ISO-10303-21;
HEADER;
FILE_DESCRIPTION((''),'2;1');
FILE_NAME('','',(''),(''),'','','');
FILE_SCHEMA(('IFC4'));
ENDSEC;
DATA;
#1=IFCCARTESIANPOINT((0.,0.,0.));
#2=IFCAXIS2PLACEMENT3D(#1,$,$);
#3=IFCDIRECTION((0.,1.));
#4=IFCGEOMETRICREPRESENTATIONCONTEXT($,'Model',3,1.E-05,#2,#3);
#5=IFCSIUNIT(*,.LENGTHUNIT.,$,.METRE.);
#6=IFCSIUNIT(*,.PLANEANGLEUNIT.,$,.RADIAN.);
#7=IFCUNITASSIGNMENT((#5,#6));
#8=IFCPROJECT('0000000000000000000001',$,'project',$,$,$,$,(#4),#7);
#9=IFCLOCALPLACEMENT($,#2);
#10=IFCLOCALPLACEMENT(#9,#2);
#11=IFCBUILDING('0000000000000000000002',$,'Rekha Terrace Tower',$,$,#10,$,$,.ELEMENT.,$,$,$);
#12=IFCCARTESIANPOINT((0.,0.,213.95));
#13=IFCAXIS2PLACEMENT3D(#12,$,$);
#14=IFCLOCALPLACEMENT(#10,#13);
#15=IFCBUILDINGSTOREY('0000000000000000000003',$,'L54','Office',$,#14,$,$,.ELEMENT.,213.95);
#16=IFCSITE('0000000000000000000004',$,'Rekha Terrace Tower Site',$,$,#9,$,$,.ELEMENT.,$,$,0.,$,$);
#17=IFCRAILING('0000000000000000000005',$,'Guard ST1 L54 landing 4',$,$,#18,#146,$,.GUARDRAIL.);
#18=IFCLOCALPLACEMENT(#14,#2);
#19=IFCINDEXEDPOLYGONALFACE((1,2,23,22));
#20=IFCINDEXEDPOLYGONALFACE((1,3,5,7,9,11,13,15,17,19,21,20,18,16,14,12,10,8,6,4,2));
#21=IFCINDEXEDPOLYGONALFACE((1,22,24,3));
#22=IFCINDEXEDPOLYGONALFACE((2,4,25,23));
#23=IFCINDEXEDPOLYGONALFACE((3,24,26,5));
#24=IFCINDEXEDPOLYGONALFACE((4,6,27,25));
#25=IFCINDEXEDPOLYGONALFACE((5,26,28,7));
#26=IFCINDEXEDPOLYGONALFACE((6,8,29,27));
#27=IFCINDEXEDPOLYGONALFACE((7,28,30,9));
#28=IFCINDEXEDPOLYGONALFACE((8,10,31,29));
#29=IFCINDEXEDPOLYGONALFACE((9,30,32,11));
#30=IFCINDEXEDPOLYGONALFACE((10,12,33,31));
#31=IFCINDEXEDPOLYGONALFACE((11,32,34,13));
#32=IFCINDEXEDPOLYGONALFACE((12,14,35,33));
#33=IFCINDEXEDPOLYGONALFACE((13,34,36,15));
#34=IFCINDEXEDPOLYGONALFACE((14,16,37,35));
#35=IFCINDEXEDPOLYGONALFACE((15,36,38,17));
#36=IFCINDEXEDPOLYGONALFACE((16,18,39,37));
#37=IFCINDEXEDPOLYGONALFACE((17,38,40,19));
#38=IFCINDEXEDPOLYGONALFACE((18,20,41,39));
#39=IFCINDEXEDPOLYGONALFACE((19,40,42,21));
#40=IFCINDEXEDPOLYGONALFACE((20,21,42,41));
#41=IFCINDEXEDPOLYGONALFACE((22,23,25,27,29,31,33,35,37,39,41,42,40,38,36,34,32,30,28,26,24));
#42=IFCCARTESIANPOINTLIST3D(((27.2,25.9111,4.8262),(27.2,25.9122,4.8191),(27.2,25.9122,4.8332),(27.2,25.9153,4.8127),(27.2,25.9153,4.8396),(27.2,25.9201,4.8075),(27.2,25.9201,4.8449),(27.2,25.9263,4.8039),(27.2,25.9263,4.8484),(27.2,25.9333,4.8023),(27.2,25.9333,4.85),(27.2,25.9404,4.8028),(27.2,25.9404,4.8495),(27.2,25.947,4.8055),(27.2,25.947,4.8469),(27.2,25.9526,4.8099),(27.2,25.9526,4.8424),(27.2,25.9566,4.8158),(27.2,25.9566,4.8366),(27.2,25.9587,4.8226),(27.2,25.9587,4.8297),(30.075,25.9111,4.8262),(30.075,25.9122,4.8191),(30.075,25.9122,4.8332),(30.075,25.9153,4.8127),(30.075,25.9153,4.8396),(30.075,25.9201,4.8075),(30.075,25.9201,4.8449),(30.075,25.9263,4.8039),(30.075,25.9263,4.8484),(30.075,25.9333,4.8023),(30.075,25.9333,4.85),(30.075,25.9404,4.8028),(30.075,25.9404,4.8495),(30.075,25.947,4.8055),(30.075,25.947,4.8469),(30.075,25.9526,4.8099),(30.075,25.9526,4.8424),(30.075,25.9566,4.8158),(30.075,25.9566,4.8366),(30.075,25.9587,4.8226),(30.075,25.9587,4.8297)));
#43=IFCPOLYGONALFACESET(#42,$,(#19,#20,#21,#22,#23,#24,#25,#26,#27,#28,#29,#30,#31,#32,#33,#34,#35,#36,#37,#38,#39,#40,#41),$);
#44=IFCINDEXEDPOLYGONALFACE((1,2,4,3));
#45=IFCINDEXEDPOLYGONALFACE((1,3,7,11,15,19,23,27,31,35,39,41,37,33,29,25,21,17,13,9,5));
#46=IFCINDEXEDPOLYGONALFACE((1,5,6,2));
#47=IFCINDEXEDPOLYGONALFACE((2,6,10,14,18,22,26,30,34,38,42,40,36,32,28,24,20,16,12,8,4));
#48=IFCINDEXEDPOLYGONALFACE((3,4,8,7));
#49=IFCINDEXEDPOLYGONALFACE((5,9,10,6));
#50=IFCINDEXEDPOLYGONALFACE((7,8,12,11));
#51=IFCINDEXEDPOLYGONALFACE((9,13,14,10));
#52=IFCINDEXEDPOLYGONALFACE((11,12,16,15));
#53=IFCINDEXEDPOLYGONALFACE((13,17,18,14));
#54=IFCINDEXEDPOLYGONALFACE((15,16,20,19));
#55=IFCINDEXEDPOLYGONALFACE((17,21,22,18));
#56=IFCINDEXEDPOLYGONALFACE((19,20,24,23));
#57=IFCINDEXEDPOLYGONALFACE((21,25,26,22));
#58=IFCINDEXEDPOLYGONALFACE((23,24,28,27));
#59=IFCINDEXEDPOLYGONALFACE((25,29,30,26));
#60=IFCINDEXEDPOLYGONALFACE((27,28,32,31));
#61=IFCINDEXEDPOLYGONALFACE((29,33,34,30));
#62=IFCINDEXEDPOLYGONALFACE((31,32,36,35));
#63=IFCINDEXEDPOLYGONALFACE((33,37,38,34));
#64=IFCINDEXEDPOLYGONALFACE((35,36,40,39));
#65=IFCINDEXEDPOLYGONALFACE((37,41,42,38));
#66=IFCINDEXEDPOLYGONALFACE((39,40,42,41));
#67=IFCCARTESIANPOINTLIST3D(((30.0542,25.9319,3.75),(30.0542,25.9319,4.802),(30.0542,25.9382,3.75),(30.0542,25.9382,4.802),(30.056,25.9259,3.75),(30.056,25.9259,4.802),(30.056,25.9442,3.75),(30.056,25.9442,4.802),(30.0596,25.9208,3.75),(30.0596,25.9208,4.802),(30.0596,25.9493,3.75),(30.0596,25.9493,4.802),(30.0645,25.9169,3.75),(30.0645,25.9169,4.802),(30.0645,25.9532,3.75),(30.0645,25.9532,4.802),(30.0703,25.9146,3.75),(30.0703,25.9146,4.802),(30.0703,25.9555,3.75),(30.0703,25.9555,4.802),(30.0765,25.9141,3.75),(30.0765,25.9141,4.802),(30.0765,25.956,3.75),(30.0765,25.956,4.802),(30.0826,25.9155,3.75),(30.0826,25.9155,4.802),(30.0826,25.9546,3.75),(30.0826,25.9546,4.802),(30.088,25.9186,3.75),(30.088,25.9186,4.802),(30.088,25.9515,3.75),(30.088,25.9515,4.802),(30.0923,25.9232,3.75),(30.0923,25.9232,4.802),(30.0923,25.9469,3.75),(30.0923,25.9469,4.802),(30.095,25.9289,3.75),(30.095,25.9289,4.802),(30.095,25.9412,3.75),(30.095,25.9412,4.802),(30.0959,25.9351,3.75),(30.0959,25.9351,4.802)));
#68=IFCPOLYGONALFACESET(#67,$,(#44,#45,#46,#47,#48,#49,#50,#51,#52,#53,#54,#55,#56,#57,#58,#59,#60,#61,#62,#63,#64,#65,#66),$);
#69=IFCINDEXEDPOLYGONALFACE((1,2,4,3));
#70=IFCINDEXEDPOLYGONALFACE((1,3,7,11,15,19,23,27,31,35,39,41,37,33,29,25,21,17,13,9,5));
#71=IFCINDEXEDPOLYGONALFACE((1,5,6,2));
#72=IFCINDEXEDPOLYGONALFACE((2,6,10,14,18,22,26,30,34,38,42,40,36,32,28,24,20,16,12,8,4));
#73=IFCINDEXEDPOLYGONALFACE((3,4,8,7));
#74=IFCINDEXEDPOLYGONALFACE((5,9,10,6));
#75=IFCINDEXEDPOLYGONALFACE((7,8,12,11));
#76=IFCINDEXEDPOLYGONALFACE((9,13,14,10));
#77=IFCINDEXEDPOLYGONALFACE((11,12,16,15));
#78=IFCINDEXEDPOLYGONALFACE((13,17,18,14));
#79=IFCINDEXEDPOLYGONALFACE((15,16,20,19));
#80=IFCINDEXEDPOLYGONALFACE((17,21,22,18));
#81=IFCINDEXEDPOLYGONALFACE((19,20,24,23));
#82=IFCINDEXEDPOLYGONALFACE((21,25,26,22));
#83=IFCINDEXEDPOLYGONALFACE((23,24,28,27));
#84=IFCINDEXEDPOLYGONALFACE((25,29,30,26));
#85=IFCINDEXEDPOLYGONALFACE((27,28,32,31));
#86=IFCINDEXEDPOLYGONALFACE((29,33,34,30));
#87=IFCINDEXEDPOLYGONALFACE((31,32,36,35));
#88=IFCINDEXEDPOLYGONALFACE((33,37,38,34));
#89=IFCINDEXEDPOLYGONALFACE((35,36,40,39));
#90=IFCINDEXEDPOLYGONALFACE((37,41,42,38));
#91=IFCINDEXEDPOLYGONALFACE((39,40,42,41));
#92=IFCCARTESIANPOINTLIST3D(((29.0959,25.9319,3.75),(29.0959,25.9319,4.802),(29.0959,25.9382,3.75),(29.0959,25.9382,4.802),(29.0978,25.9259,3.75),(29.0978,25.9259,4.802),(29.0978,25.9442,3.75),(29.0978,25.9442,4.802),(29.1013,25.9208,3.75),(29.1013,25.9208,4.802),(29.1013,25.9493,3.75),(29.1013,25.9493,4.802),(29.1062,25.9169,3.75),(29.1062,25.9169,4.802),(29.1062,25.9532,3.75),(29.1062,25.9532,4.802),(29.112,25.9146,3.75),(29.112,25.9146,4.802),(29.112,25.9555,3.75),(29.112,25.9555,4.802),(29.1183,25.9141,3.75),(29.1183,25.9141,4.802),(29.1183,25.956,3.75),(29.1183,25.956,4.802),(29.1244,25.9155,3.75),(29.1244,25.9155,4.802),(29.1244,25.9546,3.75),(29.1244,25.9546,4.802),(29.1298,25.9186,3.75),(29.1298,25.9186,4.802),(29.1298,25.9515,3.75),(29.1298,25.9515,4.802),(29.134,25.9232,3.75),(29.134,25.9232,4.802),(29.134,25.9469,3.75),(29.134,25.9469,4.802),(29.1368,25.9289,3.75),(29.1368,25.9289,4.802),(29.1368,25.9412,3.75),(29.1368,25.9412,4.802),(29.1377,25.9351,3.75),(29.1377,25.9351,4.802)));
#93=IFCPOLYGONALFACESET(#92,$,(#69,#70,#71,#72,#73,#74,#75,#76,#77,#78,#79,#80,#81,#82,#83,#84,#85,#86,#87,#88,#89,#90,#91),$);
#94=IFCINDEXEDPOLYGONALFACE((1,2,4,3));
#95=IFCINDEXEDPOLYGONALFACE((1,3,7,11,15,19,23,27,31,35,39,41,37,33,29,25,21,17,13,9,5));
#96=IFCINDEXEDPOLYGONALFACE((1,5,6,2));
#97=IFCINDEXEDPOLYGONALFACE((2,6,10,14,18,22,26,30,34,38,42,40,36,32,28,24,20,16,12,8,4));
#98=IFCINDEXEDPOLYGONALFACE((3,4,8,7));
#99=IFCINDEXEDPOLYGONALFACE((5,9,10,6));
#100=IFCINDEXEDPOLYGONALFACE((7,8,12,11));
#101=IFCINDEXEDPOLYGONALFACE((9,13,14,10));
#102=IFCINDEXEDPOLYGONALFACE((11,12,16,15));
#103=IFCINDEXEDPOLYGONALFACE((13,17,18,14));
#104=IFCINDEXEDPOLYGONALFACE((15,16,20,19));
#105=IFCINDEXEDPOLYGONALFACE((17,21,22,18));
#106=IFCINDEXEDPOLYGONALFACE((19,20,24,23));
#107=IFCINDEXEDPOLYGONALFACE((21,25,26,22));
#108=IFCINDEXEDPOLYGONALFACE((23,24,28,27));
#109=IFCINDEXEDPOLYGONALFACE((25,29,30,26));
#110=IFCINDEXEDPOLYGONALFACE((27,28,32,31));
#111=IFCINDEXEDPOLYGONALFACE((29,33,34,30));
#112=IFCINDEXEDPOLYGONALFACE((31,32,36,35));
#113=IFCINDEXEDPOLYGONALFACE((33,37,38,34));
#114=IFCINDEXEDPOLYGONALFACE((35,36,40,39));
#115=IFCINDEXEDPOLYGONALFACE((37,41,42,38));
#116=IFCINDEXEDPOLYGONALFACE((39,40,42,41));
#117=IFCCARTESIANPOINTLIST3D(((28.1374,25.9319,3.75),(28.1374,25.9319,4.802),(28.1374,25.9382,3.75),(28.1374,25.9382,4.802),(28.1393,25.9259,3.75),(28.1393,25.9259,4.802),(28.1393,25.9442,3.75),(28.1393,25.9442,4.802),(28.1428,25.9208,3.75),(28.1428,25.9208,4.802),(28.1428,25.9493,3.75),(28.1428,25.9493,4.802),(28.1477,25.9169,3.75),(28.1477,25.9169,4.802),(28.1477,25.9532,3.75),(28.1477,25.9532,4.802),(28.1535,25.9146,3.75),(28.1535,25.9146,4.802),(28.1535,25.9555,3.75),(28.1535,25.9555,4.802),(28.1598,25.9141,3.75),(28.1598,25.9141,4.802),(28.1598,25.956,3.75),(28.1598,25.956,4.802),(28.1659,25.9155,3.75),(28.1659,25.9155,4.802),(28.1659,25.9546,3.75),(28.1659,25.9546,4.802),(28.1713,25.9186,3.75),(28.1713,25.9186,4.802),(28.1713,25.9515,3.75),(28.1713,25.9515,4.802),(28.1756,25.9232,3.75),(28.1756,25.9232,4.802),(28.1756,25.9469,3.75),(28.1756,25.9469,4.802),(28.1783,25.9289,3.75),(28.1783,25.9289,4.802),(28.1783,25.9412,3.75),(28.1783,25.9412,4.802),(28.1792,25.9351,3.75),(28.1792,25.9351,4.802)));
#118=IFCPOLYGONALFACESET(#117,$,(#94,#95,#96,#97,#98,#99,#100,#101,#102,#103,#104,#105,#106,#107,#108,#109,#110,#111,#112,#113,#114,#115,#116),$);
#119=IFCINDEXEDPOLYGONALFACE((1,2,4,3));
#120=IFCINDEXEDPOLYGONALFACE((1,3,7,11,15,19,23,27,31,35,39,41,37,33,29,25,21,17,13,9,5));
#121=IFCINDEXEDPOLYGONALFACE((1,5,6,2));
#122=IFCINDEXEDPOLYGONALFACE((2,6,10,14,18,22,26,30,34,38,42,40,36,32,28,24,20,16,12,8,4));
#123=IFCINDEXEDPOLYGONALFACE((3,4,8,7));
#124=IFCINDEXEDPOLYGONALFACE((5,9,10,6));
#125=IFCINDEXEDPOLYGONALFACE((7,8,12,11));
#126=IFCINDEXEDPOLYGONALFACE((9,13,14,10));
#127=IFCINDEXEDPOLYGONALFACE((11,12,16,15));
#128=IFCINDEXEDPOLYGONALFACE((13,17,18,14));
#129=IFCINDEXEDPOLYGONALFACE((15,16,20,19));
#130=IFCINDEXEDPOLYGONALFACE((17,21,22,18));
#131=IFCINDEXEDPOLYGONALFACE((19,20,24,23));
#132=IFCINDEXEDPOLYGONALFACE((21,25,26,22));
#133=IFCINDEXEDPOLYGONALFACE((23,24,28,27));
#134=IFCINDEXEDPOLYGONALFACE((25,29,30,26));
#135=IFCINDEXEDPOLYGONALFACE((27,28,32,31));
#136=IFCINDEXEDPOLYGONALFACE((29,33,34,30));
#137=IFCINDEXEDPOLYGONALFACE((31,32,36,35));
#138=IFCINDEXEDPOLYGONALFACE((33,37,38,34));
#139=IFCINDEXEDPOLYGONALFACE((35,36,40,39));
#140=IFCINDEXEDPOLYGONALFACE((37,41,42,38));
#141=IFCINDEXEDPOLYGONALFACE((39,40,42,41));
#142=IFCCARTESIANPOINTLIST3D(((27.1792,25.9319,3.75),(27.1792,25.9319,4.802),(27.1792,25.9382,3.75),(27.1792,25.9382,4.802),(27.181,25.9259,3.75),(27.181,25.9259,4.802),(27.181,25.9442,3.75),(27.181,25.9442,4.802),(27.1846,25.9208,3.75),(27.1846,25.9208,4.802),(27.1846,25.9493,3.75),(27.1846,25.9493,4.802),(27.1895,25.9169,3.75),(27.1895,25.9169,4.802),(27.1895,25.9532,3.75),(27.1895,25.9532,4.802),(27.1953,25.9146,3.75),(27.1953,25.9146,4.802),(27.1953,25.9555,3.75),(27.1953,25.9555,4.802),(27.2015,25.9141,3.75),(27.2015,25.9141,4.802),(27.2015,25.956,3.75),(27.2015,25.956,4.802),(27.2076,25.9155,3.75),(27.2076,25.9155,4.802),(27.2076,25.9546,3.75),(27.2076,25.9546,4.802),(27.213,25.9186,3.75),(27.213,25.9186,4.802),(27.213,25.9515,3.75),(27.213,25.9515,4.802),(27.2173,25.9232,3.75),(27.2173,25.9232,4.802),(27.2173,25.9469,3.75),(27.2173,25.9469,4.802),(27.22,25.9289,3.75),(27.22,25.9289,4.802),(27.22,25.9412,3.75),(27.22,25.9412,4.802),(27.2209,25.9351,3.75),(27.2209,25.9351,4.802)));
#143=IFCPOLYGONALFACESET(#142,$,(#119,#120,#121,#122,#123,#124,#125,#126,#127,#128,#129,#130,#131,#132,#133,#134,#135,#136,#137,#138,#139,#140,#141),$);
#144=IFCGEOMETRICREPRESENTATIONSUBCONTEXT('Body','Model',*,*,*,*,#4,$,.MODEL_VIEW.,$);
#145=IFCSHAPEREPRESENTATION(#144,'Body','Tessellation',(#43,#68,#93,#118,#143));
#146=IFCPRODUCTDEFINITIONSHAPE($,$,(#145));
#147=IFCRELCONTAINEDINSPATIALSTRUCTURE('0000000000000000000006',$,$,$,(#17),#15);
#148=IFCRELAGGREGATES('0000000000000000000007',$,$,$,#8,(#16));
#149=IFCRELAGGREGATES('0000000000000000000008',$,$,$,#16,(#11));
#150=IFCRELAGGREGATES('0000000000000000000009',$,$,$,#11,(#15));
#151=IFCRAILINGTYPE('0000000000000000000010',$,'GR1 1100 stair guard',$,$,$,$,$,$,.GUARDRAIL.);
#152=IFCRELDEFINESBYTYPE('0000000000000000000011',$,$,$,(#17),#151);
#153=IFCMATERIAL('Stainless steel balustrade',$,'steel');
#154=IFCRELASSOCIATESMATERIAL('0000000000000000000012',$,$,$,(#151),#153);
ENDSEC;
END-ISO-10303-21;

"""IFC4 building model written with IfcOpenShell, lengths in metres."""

from ifc_helpers import new_model, si_unit, direction, frame, origin, origin_2d, place, context, subcontext, project, spatial, circle, extrude, material, type_object, element, save


model = new_model("IFC4")

# Units and contexts
model_context = context("Model", 3, precision=1e-05, world=origin(), true_north=direction((0.0, 1.0)))
body_context = subcontext(model_context, "Body", "Model", "MODEL_VIEW")
ifc_project = project(units=[si_unit("LENGTHUNIT", "METRE"), si_unit("PLANEANGLEUNIT", "RADIAN")], contexts=[model_context])

# Site, building, storey
site_placement = place(None, origin())
site = spatial("IfcSite", under=ifc_project, at=site_placement, Name="Rekha Terrace Tower Site", CompositionType="ELEMENT", RefElevation=0.0)
building_placement = place(site_placement, origin())
building = spatial("IfcBuilding", under=site, at=building_placement, Name="Rekha Terrace Tower", CompositionType="ELEMENT")
storey_placement = place(building_placement, frame((0.0, 0.0, 213.95)))
storey = spatial("IfcBuildingStorey", under=building, at=storey_placement, Name="L54", Description="Office", CompositionType="ELEMENT", Elevation=213.95)

# Railing
ifc_material_1 = material(Name="Stainless steel balustrade", Category="steel")
railing_type_1 = type_object("IfcRailingType", Name="GR1 1100 stair guard", PredefinedType="GUARDRAIL", material=ifc_material_1)
railing_1_placement = place(storey_placement, frame((30.075, 25.9351, 3.75)))
element("IfcRailing", 1, at=railing_1_placement, inside=storey, type_object=railing_type_1, Name="Guard ST1 L54 landing 4", PredefinedType="GUARDRAIL", context=body_context, shape_type="SweptSolid", body=[
    extrude(circle(Radius=0.0239, at=origin_2d()), frame((0.0, 0.0, 1.0762), z_axis=(-1.0, 0.0, 0.0), x_axis=(0.0, -1.0, 0.0)), (0.0, 0.0, 1.0), 2.875),
    extrude(circle(Radius=0.021, at=origin_2d()), origin(), (0.0, 0.0, 1.0), 1.052),
    extrude(circle(Radius=0.021, at=origin_2d()), frame((-0.9583, 0.0, 0.0)), (0.0, 0.0, 1.0), 1.052),
    extrude(circle(Radius=0.021, at=origin_2d()), frame((-1.9167, 0.0, 0.0)), (0.0, 0.0, 1.0), 1.052),
    extrude(circle(Radius=0.021, at=origin_2d()), frame((-2.875, 0.0, 0.0)), (0.0, 0.0, 1.0), 1.052),
])

save(model, "model.ifc")
